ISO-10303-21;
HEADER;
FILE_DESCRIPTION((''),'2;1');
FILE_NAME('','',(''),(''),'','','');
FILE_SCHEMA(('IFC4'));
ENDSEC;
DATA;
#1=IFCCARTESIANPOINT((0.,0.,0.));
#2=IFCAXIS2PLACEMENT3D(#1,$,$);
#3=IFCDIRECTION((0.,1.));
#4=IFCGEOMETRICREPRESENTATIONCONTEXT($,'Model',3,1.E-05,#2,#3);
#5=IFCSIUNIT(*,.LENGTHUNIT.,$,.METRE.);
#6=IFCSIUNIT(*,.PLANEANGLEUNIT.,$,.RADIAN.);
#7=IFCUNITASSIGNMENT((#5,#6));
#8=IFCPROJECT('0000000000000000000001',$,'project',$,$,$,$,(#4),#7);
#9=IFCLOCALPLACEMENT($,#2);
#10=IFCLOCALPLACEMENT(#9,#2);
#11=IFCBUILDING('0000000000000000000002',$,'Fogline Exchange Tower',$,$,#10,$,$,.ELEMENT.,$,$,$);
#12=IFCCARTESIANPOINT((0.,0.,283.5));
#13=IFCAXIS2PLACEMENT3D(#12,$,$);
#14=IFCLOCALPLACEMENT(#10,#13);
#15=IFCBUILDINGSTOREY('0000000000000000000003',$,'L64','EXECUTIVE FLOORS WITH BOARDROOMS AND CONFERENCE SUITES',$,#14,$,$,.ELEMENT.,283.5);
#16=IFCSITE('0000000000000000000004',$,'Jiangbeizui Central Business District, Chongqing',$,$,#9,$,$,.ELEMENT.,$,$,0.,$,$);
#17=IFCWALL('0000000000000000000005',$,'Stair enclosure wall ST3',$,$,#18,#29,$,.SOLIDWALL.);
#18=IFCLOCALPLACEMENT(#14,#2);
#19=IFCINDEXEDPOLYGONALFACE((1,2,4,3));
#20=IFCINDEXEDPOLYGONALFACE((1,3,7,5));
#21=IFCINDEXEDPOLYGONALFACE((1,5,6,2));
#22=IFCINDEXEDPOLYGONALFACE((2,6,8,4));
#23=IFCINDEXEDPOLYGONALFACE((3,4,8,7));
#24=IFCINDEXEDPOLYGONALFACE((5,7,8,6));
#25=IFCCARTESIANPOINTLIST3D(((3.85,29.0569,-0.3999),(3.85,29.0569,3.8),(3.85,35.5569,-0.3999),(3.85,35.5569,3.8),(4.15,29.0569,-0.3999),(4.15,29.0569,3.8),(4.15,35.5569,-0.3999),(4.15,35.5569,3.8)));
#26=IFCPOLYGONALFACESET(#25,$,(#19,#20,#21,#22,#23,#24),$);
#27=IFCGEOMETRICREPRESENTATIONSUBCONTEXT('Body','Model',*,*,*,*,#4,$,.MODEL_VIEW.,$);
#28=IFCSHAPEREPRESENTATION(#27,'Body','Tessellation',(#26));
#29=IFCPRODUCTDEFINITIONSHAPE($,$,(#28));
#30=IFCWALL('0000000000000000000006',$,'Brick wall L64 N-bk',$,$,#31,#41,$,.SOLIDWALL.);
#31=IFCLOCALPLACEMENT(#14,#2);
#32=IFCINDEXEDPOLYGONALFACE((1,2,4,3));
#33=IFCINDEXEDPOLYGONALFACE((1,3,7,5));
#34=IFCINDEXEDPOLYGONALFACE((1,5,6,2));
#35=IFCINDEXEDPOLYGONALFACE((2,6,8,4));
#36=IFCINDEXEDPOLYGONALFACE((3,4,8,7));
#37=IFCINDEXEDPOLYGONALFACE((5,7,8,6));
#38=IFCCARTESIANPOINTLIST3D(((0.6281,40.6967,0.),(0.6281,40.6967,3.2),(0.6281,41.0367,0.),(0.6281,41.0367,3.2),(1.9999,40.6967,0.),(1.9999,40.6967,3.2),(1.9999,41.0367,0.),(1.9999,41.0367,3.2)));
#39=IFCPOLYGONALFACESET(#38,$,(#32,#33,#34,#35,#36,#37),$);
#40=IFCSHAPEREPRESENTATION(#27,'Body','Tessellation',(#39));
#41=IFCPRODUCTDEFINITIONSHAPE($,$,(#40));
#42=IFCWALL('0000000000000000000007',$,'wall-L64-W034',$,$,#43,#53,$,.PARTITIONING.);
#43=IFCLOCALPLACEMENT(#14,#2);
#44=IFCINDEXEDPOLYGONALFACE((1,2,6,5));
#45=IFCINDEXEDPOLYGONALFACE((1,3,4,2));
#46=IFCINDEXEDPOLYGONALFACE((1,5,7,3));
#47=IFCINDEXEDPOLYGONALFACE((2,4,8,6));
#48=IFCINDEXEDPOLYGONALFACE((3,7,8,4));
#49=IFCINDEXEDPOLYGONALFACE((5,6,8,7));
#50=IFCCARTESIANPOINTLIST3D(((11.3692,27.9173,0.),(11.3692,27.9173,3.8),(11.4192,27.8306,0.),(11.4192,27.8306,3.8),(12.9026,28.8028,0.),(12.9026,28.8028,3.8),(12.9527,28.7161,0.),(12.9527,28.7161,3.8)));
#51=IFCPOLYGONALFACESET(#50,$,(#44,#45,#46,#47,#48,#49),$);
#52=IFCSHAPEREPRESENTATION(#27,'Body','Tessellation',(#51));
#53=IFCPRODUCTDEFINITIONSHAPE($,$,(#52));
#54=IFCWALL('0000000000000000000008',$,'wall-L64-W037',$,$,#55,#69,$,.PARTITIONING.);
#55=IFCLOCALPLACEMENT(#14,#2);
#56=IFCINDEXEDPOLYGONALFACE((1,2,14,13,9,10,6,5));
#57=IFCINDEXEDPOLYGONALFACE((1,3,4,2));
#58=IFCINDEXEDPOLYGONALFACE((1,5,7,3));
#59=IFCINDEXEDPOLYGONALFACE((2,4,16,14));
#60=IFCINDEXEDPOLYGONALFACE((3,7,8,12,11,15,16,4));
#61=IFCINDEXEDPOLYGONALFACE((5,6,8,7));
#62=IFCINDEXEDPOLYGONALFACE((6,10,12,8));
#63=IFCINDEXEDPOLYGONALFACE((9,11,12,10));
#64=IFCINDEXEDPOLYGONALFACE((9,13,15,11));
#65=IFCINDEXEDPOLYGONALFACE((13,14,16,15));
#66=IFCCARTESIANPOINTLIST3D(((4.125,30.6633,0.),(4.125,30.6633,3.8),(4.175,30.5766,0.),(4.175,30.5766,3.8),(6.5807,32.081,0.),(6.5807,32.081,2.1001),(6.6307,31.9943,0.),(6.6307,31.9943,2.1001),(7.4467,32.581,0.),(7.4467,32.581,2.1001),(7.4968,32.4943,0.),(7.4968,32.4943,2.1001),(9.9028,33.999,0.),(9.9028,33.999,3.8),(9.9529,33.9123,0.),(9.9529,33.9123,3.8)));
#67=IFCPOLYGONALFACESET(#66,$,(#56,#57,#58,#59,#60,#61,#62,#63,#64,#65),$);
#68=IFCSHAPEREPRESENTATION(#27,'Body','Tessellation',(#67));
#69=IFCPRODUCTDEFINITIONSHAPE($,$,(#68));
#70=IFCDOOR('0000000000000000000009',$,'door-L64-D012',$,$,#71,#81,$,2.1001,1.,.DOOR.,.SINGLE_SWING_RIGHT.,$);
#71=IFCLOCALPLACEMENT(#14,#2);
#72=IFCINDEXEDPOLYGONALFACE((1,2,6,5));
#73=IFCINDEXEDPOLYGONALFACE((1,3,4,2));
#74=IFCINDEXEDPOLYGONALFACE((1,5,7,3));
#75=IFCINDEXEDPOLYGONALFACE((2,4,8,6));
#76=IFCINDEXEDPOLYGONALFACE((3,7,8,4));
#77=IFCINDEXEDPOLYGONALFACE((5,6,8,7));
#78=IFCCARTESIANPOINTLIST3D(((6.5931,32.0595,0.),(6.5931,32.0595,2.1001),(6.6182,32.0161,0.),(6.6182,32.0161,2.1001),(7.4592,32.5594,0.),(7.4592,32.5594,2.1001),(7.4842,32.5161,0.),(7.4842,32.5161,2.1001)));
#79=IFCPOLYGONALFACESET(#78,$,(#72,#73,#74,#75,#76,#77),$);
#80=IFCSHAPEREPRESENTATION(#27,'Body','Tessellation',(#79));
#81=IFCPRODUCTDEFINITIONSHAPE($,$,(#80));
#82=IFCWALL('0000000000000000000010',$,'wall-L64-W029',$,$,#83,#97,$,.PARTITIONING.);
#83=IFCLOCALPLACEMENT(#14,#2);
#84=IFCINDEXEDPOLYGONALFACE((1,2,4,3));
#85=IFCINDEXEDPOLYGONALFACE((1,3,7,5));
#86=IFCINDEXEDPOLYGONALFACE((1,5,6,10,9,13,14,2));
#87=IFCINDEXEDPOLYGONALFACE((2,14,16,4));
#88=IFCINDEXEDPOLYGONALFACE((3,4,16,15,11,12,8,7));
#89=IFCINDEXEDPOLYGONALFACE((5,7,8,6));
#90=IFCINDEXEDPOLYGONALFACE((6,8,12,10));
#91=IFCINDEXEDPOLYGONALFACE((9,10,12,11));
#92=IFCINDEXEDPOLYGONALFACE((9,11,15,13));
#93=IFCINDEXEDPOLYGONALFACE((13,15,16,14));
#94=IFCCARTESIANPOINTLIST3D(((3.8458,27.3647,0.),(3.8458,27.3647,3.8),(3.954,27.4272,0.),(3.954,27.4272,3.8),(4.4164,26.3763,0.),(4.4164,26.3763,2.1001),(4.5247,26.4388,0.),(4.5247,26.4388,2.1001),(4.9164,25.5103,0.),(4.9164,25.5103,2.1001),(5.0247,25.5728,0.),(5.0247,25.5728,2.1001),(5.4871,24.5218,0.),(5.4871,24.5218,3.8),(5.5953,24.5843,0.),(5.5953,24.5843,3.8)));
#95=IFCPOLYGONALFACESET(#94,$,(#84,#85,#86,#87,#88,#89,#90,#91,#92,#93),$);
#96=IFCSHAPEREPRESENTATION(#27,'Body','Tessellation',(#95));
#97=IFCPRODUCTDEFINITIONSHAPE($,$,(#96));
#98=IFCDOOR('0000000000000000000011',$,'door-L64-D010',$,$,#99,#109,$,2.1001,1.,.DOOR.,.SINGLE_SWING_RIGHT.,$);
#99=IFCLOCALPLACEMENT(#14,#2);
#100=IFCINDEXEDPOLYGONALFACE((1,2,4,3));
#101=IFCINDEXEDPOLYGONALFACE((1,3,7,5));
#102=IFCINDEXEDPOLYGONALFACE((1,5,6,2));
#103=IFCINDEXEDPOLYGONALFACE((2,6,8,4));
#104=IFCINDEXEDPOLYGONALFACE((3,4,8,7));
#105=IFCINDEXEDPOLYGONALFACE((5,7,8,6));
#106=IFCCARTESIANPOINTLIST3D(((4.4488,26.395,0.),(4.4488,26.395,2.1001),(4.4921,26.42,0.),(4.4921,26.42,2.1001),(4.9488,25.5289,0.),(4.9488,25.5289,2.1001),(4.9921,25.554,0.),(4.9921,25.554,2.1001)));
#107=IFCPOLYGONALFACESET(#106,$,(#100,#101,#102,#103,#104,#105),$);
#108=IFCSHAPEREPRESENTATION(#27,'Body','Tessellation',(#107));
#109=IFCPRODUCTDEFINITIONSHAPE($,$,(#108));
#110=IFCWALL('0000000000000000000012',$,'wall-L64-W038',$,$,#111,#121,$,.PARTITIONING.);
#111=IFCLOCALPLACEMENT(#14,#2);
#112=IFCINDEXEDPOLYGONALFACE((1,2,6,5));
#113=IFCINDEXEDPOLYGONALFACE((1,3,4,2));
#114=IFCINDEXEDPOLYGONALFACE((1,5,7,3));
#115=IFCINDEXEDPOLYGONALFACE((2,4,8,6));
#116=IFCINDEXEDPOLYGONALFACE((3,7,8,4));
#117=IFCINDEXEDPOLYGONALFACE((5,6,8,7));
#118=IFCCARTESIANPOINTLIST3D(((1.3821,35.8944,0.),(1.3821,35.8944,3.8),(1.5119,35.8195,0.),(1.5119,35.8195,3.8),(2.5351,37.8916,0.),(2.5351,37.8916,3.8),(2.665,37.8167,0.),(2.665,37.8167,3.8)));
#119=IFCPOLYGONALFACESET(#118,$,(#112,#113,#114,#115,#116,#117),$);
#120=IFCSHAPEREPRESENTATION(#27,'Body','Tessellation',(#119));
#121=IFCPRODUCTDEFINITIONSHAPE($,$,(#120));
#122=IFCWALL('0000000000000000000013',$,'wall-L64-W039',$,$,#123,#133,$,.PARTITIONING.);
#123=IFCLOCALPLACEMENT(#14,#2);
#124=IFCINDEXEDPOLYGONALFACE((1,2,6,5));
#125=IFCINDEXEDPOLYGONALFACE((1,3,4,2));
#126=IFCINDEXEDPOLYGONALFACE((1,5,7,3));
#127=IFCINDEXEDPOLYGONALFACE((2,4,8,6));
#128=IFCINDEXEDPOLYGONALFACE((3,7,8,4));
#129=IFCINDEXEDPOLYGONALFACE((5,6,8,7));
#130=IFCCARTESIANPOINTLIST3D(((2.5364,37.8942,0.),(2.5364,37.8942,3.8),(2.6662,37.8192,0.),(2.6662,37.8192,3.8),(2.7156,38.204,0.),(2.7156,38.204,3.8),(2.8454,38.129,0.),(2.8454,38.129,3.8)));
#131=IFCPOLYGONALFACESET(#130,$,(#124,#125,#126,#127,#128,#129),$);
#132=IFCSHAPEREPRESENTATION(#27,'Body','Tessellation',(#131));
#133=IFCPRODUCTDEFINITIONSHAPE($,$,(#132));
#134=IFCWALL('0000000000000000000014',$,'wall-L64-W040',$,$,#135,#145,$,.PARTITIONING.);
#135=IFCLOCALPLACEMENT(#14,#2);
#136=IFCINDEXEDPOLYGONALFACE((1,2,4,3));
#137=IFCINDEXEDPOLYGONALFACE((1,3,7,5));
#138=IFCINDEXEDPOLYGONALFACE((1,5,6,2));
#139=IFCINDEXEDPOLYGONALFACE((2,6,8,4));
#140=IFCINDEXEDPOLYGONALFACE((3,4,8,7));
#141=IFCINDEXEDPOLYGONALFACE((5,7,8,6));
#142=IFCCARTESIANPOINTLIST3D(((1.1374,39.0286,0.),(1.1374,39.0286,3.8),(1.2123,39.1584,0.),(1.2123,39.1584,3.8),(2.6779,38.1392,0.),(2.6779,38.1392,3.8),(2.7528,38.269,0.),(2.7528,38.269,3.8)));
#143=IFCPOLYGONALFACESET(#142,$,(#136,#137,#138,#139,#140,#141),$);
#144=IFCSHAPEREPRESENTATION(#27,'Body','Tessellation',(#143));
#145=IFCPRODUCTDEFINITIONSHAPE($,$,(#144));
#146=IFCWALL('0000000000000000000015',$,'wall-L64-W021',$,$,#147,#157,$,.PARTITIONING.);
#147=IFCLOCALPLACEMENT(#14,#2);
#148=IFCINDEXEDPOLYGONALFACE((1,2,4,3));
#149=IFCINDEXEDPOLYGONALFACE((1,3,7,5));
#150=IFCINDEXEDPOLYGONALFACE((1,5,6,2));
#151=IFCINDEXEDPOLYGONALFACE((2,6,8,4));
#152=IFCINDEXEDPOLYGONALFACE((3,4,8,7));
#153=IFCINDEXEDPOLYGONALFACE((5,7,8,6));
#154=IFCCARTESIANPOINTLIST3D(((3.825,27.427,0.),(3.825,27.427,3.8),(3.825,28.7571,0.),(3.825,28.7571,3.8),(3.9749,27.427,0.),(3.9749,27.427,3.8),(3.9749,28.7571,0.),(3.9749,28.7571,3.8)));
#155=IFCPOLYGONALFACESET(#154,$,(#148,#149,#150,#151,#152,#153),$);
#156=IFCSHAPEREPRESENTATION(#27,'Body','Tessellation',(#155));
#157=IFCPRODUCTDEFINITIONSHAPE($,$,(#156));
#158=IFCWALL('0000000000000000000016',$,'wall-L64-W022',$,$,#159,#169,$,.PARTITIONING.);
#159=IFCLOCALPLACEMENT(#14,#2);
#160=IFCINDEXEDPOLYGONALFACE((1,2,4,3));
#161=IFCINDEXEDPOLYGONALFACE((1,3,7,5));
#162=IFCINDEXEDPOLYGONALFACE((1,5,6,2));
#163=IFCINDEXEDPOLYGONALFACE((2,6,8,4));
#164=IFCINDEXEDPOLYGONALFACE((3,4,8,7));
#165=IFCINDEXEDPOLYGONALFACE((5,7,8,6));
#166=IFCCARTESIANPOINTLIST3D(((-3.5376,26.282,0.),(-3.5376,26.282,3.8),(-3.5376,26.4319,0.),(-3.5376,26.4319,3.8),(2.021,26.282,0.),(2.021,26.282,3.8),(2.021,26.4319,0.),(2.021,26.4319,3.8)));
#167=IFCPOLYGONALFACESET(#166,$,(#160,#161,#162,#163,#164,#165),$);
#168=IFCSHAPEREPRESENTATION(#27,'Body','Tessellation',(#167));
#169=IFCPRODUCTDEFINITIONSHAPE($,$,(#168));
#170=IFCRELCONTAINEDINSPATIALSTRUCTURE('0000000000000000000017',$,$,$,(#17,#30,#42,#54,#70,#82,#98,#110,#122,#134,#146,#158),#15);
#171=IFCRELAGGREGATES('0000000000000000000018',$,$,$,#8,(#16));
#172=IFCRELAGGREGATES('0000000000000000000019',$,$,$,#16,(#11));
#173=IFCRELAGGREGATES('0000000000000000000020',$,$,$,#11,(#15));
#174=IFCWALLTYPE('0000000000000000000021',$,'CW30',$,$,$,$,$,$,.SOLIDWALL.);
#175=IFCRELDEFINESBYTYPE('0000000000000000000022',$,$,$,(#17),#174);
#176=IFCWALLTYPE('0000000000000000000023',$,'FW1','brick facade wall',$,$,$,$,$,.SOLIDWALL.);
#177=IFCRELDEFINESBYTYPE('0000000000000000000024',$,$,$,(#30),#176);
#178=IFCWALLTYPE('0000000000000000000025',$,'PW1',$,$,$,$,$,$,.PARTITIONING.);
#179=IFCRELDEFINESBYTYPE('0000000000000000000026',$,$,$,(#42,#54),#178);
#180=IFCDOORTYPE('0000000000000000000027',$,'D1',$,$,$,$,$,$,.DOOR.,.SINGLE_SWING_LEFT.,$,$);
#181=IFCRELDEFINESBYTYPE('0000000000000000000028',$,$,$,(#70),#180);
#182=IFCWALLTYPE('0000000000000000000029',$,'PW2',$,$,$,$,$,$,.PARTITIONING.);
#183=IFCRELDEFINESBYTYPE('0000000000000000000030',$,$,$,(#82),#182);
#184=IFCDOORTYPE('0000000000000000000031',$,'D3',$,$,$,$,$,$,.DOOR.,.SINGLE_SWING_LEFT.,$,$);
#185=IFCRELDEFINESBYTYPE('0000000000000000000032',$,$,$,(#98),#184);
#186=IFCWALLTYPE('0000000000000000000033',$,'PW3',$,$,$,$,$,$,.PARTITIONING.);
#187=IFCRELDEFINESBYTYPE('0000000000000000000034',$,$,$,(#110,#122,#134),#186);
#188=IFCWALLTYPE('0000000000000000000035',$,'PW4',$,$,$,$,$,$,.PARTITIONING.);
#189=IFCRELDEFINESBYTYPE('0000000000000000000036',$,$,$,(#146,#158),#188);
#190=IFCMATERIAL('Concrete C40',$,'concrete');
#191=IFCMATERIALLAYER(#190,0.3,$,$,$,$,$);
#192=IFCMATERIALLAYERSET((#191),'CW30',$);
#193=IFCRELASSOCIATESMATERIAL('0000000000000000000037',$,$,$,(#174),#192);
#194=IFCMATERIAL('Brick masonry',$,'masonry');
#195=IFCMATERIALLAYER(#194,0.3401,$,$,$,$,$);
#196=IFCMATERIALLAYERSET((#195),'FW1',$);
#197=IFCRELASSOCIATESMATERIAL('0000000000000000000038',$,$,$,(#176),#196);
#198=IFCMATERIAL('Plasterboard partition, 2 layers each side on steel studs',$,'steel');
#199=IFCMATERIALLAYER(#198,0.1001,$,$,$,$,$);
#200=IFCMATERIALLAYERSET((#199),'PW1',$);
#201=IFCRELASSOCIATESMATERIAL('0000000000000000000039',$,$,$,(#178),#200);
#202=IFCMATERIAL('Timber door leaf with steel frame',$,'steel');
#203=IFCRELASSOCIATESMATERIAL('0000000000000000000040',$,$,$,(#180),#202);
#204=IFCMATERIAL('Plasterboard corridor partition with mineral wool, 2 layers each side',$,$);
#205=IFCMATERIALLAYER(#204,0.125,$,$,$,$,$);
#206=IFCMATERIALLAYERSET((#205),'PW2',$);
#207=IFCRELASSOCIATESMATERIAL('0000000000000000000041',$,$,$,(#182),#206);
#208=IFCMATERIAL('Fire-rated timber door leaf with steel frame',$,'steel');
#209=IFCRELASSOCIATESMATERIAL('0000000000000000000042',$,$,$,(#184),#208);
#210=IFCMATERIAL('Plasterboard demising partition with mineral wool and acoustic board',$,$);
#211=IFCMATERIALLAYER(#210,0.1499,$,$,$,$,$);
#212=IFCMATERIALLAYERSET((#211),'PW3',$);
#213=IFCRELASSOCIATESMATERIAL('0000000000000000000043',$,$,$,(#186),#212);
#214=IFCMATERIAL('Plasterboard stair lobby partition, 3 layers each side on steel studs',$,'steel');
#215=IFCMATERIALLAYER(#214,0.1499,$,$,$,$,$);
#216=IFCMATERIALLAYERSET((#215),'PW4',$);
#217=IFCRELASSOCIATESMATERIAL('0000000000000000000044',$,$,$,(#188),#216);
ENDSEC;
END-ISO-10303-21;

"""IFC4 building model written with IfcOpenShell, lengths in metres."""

from ifc_helpers import new_model, si_unit, direction, frame, frame_2d, origin, place, context, subcontext, project, spatial, rectangle, extrude, material, layer, layer_set, type_object, element, fill, save


model = new_model("IFC4")

# Units and contexts
model_context = context("Model", 3, precision=1e-05, world=origin(), true_north=direction((0.0, 1.0)))
body_context = subcontext(model_context, "Body", "Model", "MODEL_VIEW")
ifc_project = project(units=[si_unit("LENGTHUNIT", "METRE"), si_unit("PLANEANGLEUNIT", "RADIAN")], contexts=[model_context])

# Site, building, storey
site_placement = place(None, origin())
site = spatial("IfcSite", under=ifc_project, at=site_placement, Name="Jiangbeizui Central Business District, Chongqing", CompositionType="ELEMENT", RefElevation=0.0)
building_placement = place(site_placement, origin())
building = spatial("IfcBuilding", under=site, at=building_placement, Name="Fogline Exchange Tower", CompositionType="ELEMENT")
storey_placement = place(building_placement, frame((0.0, 0.0, 283.5)))
storey = spatial("IfcBuildingStorey", under=building, at=storey_placement, Name="L64", Description="EXECUTIVE FLOORS WITH BOARDROOMS AND CONFERENCE SUITES", CompositionType="ELEMENT", Elevation=283.5)

# Shared definitions
ifc_material_1 = material(Name="Concrete C40", Category="concrete")

# Walls
ifc_layer_1 = layer(ifc_material_1, 0.3)
ifc_layer_set_1 = layer_set([ifc_layer_1], Name="CW30")
wall_type_1 = type_object("IfcWallType", Name="CW30", PredefinedType="SOLIDWALL", material=ifc_layer_set_1)
wall_1_placement = place(storey_placement, frame((4.0, 29.0569, -0.3999), z_axis=(0.0, 0.0, 1.0), x_axis=(0.0, 1.0, 0.0)))
element("IfcWall", 1, at=wall_1_placement, inside=storey, type_object=wall_type_1, Name="Stair enclosure wall ST3", PredefinedType="SOLIDWALL", context=body_context, shape_type="SweptSolid", body=[
    extrude(rectangle(XDim=6.5, YDim=0.3, at=frame_2d((3.25, 0.0))), origin(), (0.0, 0.0, 1.0), 4.2),
])
ifc_material_2 = material(Name="Brick masonry", Category="masonry")
ifc_layer_2 = layer(ifc_material_2, 0.3401)
ifc_layer_set_2 = layer_set([ifc_layer_2], Name="FW1")
wall_type_2 = type_object("IfcWallType", Name="FW1", Description="brick facade wall", PredefinedType="SOLIDWALL", material=ifc_layer_set_2)
wall_2_placement = place(storey_placement, frame((2.0, 40.8667, 0.0), z_axis=(0.0, 0.0, 1.0), x_axis=(-1.0, 0.0, 0.0)))
element("IfcWall", 2, at=wall_2_placement, inside=storey, type_object=wall_type_2, Name="Brick wall L64 N-bk", PredefinedType="SOLIDWALL", context=body_context, shape_type="SweptSolid", body=[
    extrude(rectangle(XDim=1.3718, YDim=0.3401, at=frame_2d((0.686, 0.0))), origin(), (0.0, 0.0, 1.0), 3.2),
])

# Wall
ifc_material_3 = material(Name="Plasterboard partition, 2 layers each side on steel studs", Category="steel")
ifc_layer_3 = layer(ifc_material_3, 0.1001)
ifc_layer_set_3 = layer_set([ifc_layer_3], Name="PW1")
wall_type_3 = type_object("IfcWallType", Name="PW1", PredefinedType="PARTITIONING", material=ifc_layer_set_3)
wall_3_placement = place(storey_placement, frame((11.3943, 27.874, 0.0), z_axis=(0.0, 0.0, 1.0), x_axis=(0.865986, 0.500069, 0.0)))
element("IfcWall", 3, at=wall_3_placement, inside=storey, type_object=wall_type_3, Name="wall-L64-W034", PredefinedType="PARTITIONING", context=body_context, shape_type="SweptSolid", body=[
    extrude(rectangle(XDim=1.7708, YDim=0.1001, at=frame_2d((0.8853, 0.0))), origin(), (0.0, 0.0, 1.0), 3.8),
])

# Walls, openings, doors
wall_4_placement = place(storey_placement, frame((4.1499, 30.6199, 0.0), z_axis=(0.0, 0.0, 1.0), x_axis=(0.866034, 0.499984, 0.0)))
wall_4 = element("IfcWall", 4, at=wall_4_placement, inside=storey, type_object=wall_type_3, Name="wall-L64-W037", PredefinedType="PARTITIONING", context=body_context, shape_type="SweptSolid", body=[
    extrude(rectangle(XDim=6.6716, YDim=0.1001, at=frame_2d((3.3359, 0.0))), origin(), (0.0, 0.0, 1.0), 3.8),
])
opening_1_placement = place(wall_4_placement, frame((2.8357, 0.0, 0.0)))
opening_1 = element("IfcOpeningElement", 5, at=opening_1_placement, cuts=wall_4, PredefinedType="OPENING", context=body_context, shape_type="SweptSolid", body=[
    extrude(rectangle(XDim=1.0, YDim=2.1001, at=frame_2d((0.5, 1.05))), frame((0.0, 0.0601, 0.0), z_axis=(0.0, -1.0, 0.0), x_axis=(1.0, 0.0, 0.0)), (0.0, 0.0, 1.0), 0.1201),
])
ifc_material_4 = material(Name="Timber door leaf with steel frame", Category="steel")
door_type_1 = type_object("IfcDoorType", Name="D1", OperationType="SINGLE_SWING_LEFT", PredefinedType="DOOR", material=ifc_material_4)
door_1_placement = place(opening_1_placement, frame((1.0, 0.0, 0.0), z_axis=(0.0, 0.0, 1.0), x_axis=(-1.0, 0.0, 0.0)))
door_1 = element("IfcDoor", 6, at=door_1_placement, inside=storey, type_object=door_type_1, Name="door-L64-D012", OperationType="SINGLE_SWING_RIGHT", OverallHeight=2.1001, OverallWidth=1.0, PredefinedType="DOOR", context=body_context, shape_type="SweptSolid", body=[
    extrude(rectangle(XDim=1.0, YDim=2.1001, at=frame_2d((0.5, 1.05))), frame((0.0, 0.0249, 0.0), z_axis=(0.0, -1.0, 0.0), x_axis=(1.0, 0.0, 0.0)), (0.0, 0.0, 1.0), 0.05),
])
fill(opening_1, door_1)
ifc_material_5 = material(Name="Plasterboard corridor partition with mineral wool, 2 layers each side")
ifc_layer_4 = layer(ifc_material_5, 0.125)
ifc_layer_set_4 = layer_set([ifc_layer_4], Name="PW2")
wall_type_4 = type_object("IfcWallType", Name="PW2", PredefinedType="PARTITIONING", material=ifc_layer_set_4)
wall_5_placement = place(storey_placement, frame((3.8999, 27.396, 0.0), z_axis=(0.0, 0.0, 1.0), x_axis=(0.499986, -0.866033, 0.0)))
wall_5 = element("IfcWall", 7, at=wall_5_placement, inside=storey, type_object=wall_type_4, Name="wall-L64-W029", PredefinedType="PARTITIONING", context=body_context, shape_type="SweptSolid", body=[
    extrude(rectangle(XDim=3.2827, YDim=0.125, at=frame_2d((1.6414, 0.0))), origin(), (0.0, 0.0, 1.0), 3.8),
])
opening_2_placement = place(wall_5_placement, frame((1.1414, 0.0, 0.0)))
opening_2 = element("IfcOpeningElement", 8, at=opening_2_placement, cuts=wall_5, PredefinedType="OPENING", context=body_context, shape_type="SweptSolid", body=[
    extrude(rectangle(XDim=1.0, YDim=2.1001, at=frame_2d((0.5, 1.05))), frame((0.0, 0.0725, 0.0), z_axis=(0.0, -1.0, 0.0), x_axis=(1.0, 0.0, 0.0)), (0.0, 0.0, 1.0), 0.145),
])
ifc_material_6 = material(Name="Fire-rated timber door leaf with steel frame", Category="steel")
door_type_2 = type_object("IfcDoorType", Name="D3", OperationType="SINGLE_SWING_LEFT", PredefinedType="DOOR", material=ifc_material_6)
door_2_placement = place(opening_2_placement, origin())
door_2 = element("IfcDoor", 9, at=door_2_placement, inside=storey, type_object=door_type_2, Name="door-L64-D010", OperationType="SINGLE_SWING_RIGHT", OverallHeight=2.1001, OverallWidth=1.0, PredefinedType="DOOR", context=body_context, shape_type="SweptSolid", body=[
    extrude(rectangle(XDim=1.0, YDim=2.1001, at=frame_2d((0.5, 1.05))), frame((0.0, 0.0249, 0.0), z_axis=(0.0, -1.0, 0.0), x_axis=(1.0, 0.0, 0.0)), (0.0, 0.0, 1.0), 0.05),
])
fill(opening_2, door_2)

# Walls
ifc_material_7 = material(Name="Plasterboard demising partition with mineral wool and acoustic board")
ifc_layer_5 = layer(ifc_material_7, 0.1499)
ifc_layer_set_5 = layer_set([ifc_layer_5], Name="PW3")
wall_type_5 = type_object("IfcWallType", Name="PW3", PredefinedType="PARTITIONING", material=ifc_layer_set_5)
wall_6_placement = place(storey_placement, frame((1.447, 35.8569, 0.0), z_axis=(0.0, 0.0, 1.0), x_axis=(0.499976, 0.866039, 0.0)))
element("IfcWall", 10, at=wall_6_placement, inside=storey, type_object=wall_type_5, Name="wall-L64-W038", PredefinedType="PARTITIONING", context=body_context, shape_type="SweptSolid", body=[
    extrude(rectangle(XDim=2.3062, YDim=0.1499, at=frame_2d((1.1531, 0.0))), origin(), (0.0, 0.0, 1.0), 3.8),
])
wall_7_placement = place(storey_placement, frame((2.6013, 37.8567, 0.0), z_axis=(0.0, 0.0, 1.0), x_axis=(0.500687, 0.865629, 0.0)))
element("IfcWall", 11, at=wall_7_placement, inside=storey, type_object=wall_type_5, Name="wall-L64-W039", PredefinedType="PARTITIONING", context=body_context, shape_type="SweptSolid", body=[
    extrude(rectangle(XDim=0.3579, YDim=0.1499, at=frame_2d((0.179, 0.0))), origin(), (0.0, 0.0, 1.0), 3.8),
])
wall_8_placement = place(storey_placement, frame((2.7153, 38.2041, 0.0), z_axis=(0.0, 0.0, 1.0), x_axis=(-0.86603, 0.499992, 0.0)))
element("IfcWall", 12, at=wall_8_placement, inside=storey, type_object=wall_type_5, Name="wall-L64-W040", PredefinedType="PARTITIONING", context=body_context, shape_type="SweptSolid", body=[
    extrude(rectangle(XDim=1.7788, YDim=0.1499, at=frame_2d((0.8894, 0.0))), origin(), (0.0, 0.0, 1.0), 3.8),
])
ifc_material_8 = material(Name="Plasterboard stair lobby partition, 3 layers each side on steel studs", Category="steel")
ifc_layer_6 = layer(ifc_material_8, 0.1499)
ifc_layer_set_6 = layer_set([ifc_layer_6], Name="PW4")
wall_type_6 = type_object("IfcWallType", Name="PW4", PredefinedType="PARTITIONING", material=ifc_layer_set_6)
wall_9_placement = place(storey_placement, frame((3.8999, 28.7571, 0.0), z_axis=(0.0, 0.0, 1.0), x_axis=(0.0, -1.0, 0.0)))
element("IfcWall", 13, at=wall_9_placement, inside=storey, type_object=wall_type_6, Name="wall-L64-W021", PredefinedType="PARTITIONING", context=body_context, shape_type="SweptSolid", body=[
    extrude(rectangle(XDim=1.3301, YDim=0.1499, at=frame_2d((0.665, 0.0))), origin(), (0.0, 0.0, 1.0), 3.8),
])
wall_10_placement = place(storey_placement, frame((2.021, 26.3569, 0.0), z_axis=(0.0, 0.0, 1.0), x_axis=(-1.0, 0.0, 0.0)))
element("IfcWall", 14, at=wall_10_placement, inside=storey, type_object=wall_type_6, Name="wall-L64-W022", PredefinedType="PARTITIONING", context=body_context, shape_type="SweptSolid", body=[
    extrude(rectangle(XDim=5.5586, YDim=0.1499, at=frame_2d((2.7793, 0.0))), origin(), (0.0, 0.0, 1.0), 3.8),
])

save(model, "model.ifc")
